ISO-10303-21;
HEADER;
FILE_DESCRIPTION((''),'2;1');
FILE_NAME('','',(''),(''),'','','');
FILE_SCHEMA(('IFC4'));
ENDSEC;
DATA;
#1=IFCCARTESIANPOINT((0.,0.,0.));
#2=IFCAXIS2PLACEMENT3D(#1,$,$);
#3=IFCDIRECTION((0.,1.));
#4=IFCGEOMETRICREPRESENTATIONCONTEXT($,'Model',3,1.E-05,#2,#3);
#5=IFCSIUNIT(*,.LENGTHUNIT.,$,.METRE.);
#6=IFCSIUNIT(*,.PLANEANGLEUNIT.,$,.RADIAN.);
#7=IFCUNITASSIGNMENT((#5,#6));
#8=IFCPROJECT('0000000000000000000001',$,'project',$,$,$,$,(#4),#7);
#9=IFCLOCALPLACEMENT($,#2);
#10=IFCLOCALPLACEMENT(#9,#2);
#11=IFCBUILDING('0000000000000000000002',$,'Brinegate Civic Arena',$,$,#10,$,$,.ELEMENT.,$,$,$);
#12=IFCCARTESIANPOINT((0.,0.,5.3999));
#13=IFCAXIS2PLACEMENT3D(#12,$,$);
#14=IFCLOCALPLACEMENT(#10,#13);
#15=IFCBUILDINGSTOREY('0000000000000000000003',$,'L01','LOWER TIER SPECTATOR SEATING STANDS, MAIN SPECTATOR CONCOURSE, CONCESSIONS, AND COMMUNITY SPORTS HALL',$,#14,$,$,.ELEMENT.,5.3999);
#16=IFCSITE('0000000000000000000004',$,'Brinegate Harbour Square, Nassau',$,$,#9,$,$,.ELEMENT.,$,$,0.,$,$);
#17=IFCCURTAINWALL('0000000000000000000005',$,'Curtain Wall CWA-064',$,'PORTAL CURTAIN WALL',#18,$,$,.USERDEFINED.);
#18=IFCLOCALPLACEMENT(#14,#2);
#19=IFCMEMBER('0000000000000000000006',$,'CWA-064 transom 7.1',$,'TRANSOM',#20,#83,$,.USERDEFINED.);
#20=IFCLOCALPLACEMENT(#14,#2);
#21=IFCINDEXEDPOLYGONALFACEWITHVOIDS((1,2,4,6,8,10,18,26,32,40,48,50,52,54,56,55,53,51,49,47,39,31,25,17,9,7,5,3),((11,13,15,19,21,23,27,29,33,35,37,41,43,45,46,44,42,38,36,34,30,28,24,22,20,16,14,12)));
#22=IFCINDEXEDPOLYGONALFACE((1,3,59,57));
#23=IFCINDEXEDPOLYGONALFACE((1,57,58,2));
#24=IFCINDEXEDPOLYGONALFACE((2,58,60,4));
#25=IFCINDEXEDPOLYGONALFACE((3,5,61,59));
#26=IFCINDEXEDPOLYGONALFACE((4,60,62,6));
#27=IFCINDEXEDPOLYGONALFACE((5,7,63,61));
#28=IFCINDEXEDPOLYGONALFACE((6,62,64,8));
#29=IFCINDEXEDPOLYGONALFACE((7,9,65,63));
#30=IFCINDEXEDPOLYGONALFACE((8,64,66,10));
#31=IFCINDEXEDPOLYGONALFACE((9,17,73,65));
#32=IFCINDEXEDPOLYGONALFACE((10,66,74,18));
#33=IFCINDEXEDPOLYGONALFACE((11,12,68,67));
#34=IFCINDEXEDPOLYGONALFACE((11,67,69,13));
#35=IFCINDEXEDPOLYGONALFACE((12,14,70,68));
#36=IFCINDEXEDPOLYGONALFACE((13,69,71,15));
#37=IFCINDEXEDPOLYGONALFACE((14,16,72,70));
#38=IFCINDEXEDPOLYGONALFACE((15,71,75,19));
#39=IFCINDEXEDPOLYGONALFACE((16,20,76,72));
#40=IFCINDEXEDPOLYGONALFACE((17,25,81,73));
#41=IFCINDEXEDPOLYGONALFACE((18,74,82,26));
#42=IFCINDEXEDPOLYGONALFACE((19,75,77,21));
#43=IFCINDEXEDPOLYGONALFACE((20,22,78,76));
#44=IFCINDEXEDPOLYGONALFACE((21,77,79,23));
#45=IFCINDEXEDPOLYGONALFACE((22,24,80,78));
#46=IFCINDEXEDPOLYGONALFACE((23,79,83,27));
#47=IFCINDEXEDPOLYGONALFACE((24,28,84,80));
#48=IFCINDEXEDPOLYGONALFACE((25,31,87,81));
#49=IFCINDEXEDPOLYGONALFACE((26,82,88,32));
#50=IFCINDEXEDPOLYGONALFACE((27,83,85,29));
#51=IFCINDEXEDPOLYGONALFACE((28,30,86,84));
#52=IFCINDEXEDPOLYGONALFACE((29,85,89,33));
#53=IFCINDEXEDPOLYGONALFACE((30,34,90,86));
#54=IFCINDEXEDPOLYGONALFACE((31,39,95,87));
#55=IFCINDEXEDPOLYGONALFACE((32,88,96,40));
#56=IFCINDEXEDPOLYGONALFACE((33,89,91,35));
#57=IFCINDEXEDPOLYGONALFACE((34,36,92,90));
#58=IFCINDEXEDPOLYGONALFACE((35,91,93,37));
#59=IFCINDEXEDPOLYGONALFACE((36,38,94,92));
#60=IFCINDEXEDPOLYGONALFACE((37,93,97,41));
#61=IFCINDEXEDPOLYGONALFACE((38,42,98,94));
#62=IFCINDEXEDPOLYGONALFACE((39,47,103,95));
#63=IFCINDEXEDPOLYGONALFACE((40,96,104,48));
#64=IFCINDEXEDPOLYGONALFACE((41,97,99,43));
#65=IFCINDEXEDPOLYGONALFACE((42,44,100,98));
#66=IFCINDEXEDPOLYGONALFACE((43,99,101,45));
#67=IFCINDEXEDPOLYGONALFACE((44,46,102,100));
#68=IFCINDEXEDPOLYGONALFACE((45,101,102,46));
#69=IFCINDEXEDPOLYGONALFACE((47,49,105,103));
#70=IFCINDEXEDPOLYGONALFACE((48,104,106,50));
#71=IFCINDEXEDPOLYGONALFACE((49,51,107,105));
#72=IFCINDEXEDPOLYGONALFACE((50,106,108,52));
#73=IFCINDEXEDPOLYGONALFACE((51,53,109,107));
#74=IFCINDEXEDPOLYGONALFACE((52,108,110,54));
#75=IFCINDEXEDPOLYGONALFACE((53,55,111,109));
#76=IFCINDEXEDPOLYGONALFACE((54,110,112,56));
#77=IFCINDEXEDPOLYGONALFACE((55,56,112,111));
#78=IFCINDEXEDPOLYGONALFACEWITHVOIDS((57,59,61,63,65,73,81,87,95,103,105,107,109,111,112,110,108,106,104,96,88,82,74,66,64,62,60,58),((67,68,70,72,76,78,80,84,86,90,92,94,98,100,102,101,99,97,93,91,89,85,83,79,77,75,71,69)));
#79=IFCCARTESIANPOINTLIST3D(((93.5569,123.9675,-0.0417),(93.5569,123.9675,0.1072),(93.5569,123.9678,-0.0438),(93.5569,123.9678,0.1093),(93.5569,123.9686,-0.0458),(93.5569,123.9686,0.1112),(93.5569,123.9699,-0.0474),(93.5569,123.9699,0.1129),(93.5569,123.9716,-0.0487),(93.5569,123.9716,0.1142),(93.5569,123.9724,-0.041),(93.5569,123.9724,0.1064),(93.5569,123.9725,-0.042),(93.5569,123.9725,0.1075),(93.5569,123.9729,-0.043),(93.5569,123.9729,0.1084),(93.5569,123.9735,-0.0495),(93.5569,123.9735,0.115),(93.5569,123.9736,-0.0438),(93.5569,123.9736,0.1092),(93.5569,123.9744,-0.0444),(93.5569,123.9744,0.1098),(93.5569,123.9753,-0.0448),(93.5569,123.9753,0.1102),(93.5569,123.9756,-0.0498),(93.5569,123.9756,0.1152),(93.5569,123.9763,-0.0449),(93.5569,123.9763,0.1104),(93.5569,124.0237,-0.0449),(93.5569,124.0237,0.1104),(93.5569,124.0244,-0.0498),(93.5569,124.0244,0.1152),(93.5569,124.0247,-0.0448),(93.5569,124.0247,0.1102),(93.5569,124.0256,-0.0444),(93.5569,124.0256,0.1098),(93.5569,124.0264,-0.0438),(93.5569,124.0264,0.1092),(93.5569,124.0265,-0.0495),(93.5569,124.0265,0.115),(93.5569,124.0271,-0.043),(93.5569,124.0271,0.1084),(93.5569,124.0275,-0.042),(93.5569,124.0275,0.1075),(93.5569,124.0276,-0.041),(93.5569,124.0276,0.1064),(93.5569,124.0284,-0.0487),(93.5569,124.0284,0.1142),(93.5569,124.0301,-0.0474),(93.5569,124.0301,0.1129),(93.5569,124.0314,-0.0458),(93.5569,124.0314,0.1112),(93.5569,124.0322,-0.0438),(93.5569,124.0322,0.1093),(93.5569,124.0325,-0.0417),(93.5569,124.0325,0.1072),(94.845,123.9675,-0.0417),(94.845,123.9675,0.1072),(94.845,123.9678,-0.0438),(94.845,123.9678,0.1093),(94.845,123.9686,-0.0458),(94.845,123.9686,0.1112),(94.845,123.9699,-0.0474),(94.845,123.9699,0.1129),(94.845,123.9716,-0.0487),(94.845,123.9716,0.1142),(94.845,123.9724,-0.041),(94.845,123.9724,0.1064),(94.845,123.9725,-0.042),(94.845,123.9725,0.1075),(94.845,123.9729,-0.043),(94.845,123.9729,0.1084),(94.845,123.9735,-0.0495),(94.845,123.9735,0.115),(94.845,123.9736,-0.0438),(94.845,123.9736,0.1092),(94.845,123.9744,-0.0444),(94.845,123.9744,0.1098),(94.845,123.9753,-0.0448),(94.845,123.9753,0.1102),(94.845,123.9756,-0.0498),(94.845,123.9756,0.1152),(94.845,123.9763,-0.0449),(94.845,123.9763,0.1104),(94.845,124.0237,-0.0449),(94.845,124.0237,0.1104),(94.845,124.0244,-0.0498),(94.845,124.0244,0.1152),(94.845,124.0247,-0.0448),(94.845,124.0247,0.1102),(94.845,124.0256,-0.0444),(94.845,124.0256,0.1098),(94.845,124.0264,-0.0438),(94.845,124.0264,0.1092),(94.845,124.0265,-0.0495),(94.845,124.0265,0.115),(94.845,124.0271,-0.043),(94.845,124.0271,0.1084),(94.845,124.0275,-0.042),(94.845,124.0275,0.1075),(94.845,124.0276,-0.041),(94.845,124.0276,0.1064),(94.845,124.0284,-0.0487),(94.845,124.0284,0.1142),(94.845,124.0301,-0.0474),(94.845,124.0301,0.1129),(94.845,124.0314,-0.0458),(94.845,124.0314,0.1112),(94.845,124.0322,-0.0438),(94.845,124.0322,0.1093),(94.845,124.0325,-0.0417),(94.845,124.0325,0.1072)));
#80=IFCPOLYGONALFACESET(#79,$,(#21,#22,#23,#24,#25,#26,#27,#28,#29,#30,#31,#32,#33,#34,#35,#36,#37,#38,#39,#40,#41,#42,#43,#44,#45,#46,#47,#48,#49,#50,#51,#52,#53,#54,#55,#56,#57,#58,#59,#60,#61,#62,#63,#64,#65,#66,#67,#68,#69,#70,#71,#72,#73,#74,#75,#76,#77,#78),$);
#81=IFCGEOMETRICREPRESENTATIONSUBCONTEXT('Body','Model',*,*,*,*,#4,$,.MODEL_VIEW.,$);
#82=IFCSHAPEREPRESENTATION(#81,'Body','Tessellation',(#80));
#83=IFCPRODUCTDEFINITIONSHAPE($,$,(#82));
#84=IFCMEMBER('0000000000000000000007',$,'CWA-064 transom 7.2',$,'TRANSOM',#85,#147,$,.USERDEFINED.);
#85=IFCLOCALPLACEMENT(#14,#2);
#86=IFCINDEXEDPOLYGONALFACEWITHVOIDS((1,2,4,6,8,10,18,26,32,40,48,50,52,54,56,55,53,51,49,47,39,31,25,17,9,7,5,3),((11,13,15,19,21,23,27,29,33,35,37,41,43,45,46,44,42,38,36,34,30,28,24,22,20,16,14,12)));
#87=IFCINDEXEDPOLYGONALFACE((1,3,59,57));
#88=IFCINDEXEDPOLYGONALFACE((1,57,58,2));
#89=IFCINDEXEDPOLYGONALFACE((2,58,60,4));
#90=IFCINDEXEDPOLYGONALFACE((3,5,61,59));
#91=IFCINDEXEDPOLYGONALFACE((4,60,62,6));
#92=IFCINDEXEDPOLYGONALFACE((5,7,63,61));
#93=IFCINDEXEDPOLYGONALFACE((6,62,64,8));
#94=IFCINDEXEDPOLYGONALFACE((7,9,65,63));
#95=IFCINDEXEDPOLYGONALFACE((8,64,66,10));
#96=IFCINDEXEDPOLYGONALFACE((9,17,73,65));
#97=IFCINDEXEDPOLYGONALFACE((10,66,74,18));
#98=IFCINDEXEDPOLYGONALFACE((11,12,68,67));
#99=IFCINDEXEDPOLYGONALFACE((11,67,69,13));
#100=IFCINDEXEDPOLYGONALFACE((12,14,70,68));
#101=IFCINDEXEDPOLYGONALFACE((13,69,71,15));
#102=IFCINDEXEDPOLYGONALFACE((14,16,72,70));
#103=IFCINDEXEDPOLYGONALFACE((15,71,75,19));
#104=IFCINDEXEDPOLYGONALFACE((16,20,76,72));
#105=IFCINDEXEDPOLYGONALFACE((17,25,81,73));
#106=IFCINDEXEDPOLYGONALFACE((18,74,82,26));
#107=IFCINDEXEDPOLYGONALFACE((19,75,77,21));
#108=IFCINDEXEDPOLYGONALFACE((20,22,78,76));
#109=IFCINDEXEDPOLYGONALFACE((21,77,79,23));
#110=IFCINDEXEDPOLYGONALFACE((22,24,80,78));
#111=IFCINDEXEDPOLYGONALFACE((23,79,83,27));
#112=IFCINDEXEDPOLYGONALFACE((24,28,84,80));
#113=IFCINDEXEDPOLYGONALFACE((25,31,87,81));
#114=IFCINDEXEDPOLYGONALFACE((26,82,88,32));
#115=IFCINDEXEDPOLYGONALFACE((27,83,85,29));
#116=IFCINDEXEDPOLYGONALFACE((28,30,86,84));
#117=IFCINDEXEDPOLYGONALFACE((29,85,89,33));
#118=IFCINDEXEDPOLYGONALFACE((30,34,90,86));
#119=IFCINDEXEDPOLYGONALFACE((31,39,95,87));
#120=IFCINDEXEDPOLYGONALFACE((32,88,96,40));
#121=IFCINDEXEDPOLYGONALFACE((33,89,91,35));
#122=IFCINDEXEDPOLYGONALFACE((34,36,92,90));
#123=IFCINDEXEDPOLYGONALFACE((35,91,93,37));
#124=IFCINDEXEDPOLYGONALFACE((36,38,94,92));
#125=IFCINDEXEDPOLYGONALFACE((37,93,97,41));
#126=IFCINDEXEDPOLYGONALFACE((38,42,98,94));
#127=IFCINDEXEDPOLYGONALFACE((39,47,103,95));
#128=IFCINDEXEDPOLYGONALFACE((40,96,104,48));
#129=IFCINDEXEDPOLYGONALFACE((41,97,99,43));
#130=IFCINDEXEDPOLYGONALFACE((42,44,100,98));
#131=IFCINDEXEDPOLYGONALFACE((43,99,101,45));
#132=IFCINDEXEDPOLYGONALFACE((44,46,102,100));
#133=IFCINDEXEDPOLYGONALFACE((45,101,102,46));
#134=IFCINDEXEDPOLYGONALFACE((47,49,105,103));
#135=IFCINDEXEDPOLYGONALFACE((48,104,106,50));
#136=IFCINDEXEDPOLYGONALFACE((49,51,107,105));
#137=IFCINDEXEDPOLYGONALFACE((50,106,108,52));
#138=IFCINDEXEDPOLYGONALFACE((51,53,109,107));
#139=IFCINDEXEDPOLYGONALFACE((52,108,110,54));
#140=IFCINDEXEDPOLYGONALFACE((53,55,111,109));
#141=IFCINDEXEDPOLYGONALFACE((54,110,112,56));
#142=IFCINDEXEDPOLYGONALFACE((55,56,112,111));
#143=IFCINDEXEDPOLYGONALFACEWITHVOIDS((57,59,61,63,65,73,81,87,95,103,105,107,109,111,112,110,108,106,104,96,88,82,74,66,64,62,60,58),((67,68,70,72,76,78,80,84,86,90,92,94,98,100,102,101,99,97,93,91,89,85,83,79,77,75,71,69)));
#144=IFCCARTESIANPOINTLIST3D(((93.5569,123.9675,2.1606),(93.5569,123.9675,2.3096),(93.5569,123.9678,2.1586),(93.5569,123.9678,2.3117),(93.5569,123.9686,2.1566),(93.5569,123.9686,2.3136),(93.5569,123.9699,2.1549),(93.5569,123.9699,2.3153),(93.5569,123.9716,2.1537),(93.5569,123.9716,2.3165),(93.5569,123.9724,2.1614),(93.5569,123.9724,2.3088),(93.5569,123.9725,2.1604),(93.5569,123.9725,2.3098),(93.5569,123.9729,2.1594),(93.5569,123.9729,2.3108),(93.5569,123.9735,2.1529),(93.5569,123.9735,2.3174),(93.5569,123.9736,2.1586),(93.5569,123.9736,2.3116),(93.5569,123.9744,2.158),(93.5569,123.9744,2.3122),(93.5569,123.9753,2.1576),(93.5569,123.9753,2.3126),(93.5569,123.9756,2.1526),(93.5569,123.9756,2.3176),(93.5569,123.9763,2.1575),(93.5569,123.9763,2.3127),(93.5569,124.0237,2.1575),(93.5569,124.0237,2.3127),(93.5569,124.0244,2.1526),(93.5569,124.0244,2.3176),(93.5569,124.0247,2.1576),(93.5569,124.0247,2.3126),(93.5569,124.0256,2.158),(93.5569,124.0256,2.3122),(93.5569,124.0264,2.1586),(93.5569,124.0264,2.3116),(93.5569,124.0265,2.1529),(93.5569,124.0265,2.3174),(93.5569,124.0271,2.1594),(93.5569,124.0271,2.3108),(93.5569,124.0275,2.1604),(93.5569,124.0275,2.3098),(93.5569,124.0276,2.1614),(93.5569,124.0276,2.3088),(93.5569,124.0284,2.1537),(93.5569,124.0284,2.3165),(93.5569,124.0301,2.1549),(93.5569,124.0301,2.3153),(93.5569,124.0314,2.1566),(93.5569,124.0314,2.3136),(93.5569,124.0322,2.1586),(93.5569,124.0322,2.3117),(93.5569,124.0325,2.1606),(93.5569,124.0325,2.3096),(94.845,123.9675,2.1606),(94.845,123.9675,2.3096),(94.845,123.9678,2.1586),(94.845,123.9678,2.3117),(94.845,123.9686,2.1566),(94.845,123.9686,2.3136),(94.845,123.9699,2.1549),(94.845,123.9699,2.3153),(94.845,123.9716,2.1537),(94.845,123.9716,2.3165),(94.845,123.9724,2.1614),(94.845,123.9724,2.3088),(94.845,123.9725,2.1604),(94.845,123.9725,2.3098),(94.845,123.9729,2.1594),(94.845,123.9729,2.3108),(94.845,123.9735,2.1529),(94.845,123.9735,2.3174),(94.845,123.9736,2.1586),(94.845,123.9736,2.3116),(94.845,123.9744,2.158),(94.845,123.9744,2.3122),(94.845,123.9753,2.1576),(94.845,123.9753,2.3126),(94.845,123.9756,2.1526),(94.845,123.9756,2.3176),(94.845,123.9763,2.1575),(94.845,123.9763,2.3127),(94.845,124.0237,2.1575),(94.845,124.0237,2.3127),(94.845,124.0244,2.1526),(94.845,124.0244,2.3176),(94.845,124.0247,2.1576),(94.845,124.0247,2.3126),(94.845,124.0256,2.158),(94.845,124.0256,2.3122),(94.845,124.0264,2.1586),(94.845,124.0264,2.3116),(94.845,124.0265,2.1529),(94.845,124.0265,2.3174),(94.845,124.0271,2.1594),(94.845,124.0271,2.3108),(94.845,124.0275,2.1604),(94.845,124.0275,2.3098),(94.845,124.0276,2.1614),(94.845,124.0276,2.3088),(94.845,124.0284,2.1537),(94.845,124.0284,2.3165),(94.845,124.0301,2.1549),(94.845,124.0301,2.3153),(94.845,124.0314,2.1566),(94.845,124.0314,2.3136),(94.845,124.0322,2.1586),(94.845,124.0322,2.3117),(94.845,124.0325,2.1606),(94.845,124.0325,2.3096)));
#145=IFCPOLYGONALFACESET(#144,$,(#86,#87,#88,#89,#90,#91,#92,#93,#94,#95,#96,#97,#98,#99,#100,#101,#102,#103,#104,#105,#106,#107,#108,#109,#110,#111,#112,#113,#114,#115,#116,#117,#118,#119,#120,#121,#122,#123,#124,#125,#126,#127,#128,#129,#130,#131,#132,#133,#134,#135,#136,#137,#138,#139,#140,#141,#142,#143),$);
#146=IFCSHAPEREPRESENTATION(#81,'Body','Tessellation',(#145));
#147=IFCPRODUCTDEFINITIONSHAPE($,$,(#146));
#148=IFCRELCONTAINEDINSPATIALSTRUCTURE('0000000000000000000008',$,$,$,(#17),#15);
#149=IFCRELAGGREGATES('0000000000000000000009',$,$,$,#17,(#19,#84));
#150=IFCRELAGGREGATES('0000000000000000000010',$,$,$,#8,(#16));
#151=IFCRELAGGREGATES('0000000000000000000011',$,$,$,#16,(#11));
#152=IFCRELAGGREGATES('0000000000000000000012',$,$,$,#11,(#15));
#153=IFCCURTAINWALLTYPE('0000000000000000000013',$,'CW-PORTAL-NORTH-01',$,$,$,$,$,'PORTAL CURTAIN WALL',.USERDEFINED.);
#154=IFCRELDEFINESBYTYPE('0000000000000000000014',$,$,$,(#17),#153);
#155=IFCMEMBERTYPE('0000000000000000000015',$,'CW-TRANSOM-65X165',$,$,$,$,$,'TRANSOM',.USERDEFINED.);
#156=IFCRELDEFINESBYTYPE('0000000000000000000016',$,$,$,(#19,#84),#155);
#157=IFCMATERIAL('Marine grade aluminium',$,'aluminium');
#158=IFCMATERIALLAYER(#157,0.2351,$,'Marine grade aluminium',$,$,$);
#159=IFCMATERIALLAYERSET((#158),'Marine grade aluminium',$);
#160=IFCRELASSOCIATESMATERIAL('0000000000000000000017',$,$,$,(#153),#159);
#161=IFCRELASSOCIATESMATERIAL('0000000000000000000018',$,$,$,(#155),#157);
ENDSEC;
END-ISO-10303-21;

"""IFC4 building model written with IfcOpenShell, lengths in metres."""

from ifc_helpers import new_model, si_unit, direction, frame, origin, origin_2d, place, context, subcontext, project, spatial, hollow_rectangle, extrude, material, layer, layer_set, material_profile, profile_set, type_object, element, aggregate, save


model = new_model("IFC4")

# Units and contexts
model_context = context("Model", 3, precision=1e-05, world=origin(), true_north=direction((0.0, 1.0)))
body_context = subcontext(model_context, "Body", "Model", "MODEL_VIEW")
ifc_project = project(units=[si_unit("LENGTHUNIT", "METRE"), si_unit("PLANEANGLEUNIT", "RADIAN")], contexts=[model_context])

# Site, building, storey
site_placement = place(None, origin())
site = spatial("IfcSite", under=ifc_project, at=site_placement, Name="Brinegate Harbour Square, Nassau", CompositionType="ELEMENT", RefElevation=0.0)
building_placement = place(site_placement, origin())
building = spatial("IfcBuilding", under=site, at=building_placement, Name="Brinegate Civic Arena", CompositionType="ELEMENT")
storey_placement = place(building_placement, frame((0.0, 0.0, 5.3999)))
storey = spatial("IfcBuildingStorey", under=building, at=storey_placement, Name="L01", Description="LOWER TIER SPECTATOR SEATING STANDS, MAIN SPECTATOR CONCOURSE, CONCESSIONS, AND COMMUNITY SPORTS HALL", CompositionType="ELEMENT", Elevation=5.3999)

# Curtain wall, members
ifc_material_1 = material(Name="Marine grade aluminium", Category="aluminium")
ifc_layer_1 = layer(ifc_material_1, 0.2351, Name="Marine grade aluminium")
ifc_layer_set_1 = layer_set([ifc_layer_1], Name="Marine grade aluminium")
curtain_wall_type = type_object("IfcCurtainWallType", Name="CW-PORTAL-NORTH-01", ElementType="PORTAL CURTAIN WALL", PredefinedType="USERDEFINED", material=ifc_layer_set_1)
curtain_wall_placement = place(storey_placement, origin())
curtain_wall = element("IfcCurtainWall", 1, at=curtain_wall_placement, inside=storey, type_object=curtain_wall_type, Name="Curtain Wall CWA-064", ObjectType="PORTAL CURTAIN WALL", PredefinedType="USERDEFINED")
ifc_material_profile_1 = material_profile(ifc_material_1, hollow_rectangle(XDim=0.0649, YDim=0.165, WallThickness=0.0049, InnerFilletRadius=0.0039, OuterFilletRadius=0.0081, at=origin_2d()), Name="TRN65X165")
ifc_profile_set_1 = profile_set([ifc_material_profile_1], Name="Marine grade aluminium")
member_type_1 = type_object("IfcMemberType", Name="CW-TRANSOM-65X165", ElementType="TRANSOM", PredefinedType="USERDEFINED", material=ifc_profile_set_1)
member_1_placement = place(storey_placement, frame((93.5569, 124.0, 0.0327), z_axis=(1.0, 0.0, 0.0), x_axis=(0.0, 1.0, 0.0)))
member_1 = element("IfcMember", 2, at=member_1_placement, type_object=member_type_1, Name="CWA-064 transom 7.1", ObjectType="TRANSOM", PredefinedType="USERDEFINED", context=body_context, shape_type="SweptSolid", body=[
    extrude(hollow_rectangle(XDim=0.0649, YDim=0.165, WallThickness=0.0049, InnerFilletRadius=0.0039, OuterFilletRadius=0.0081, at=origin_2d()), origin(), (0.0, 0.0, 1.0), 1.2881),
])
member_2_placement = place(storey_placement, frame((93.5569, 124.0, 2.2351), z_axis=(1.0, 0.0, 0.0), x_axis=(0.0, 1.0, 0.0)))
member_2 = element("IfcMember", 3, at=member_2_placement, type_object=member_type_1, Name="CWA-064 transom 7.2", ObjectType="TRANSOM", PredefinedType="USERDEFINED", context=body_context, shape_type="SweptSolid", body=[
    extrude(hollow_rectangle(XDim=0.0649, YDim=0.165, WallThickness=0.0049, InnerFilletRadius=0.0039, OuterFilletRadius=0.0081, at=origin_2d()), origin(), (0.0, 0.0, 1.0), 1.2881),
])

aggregate(curtain_wall, [member_1, member_2])

save(model, "model.ifc")
